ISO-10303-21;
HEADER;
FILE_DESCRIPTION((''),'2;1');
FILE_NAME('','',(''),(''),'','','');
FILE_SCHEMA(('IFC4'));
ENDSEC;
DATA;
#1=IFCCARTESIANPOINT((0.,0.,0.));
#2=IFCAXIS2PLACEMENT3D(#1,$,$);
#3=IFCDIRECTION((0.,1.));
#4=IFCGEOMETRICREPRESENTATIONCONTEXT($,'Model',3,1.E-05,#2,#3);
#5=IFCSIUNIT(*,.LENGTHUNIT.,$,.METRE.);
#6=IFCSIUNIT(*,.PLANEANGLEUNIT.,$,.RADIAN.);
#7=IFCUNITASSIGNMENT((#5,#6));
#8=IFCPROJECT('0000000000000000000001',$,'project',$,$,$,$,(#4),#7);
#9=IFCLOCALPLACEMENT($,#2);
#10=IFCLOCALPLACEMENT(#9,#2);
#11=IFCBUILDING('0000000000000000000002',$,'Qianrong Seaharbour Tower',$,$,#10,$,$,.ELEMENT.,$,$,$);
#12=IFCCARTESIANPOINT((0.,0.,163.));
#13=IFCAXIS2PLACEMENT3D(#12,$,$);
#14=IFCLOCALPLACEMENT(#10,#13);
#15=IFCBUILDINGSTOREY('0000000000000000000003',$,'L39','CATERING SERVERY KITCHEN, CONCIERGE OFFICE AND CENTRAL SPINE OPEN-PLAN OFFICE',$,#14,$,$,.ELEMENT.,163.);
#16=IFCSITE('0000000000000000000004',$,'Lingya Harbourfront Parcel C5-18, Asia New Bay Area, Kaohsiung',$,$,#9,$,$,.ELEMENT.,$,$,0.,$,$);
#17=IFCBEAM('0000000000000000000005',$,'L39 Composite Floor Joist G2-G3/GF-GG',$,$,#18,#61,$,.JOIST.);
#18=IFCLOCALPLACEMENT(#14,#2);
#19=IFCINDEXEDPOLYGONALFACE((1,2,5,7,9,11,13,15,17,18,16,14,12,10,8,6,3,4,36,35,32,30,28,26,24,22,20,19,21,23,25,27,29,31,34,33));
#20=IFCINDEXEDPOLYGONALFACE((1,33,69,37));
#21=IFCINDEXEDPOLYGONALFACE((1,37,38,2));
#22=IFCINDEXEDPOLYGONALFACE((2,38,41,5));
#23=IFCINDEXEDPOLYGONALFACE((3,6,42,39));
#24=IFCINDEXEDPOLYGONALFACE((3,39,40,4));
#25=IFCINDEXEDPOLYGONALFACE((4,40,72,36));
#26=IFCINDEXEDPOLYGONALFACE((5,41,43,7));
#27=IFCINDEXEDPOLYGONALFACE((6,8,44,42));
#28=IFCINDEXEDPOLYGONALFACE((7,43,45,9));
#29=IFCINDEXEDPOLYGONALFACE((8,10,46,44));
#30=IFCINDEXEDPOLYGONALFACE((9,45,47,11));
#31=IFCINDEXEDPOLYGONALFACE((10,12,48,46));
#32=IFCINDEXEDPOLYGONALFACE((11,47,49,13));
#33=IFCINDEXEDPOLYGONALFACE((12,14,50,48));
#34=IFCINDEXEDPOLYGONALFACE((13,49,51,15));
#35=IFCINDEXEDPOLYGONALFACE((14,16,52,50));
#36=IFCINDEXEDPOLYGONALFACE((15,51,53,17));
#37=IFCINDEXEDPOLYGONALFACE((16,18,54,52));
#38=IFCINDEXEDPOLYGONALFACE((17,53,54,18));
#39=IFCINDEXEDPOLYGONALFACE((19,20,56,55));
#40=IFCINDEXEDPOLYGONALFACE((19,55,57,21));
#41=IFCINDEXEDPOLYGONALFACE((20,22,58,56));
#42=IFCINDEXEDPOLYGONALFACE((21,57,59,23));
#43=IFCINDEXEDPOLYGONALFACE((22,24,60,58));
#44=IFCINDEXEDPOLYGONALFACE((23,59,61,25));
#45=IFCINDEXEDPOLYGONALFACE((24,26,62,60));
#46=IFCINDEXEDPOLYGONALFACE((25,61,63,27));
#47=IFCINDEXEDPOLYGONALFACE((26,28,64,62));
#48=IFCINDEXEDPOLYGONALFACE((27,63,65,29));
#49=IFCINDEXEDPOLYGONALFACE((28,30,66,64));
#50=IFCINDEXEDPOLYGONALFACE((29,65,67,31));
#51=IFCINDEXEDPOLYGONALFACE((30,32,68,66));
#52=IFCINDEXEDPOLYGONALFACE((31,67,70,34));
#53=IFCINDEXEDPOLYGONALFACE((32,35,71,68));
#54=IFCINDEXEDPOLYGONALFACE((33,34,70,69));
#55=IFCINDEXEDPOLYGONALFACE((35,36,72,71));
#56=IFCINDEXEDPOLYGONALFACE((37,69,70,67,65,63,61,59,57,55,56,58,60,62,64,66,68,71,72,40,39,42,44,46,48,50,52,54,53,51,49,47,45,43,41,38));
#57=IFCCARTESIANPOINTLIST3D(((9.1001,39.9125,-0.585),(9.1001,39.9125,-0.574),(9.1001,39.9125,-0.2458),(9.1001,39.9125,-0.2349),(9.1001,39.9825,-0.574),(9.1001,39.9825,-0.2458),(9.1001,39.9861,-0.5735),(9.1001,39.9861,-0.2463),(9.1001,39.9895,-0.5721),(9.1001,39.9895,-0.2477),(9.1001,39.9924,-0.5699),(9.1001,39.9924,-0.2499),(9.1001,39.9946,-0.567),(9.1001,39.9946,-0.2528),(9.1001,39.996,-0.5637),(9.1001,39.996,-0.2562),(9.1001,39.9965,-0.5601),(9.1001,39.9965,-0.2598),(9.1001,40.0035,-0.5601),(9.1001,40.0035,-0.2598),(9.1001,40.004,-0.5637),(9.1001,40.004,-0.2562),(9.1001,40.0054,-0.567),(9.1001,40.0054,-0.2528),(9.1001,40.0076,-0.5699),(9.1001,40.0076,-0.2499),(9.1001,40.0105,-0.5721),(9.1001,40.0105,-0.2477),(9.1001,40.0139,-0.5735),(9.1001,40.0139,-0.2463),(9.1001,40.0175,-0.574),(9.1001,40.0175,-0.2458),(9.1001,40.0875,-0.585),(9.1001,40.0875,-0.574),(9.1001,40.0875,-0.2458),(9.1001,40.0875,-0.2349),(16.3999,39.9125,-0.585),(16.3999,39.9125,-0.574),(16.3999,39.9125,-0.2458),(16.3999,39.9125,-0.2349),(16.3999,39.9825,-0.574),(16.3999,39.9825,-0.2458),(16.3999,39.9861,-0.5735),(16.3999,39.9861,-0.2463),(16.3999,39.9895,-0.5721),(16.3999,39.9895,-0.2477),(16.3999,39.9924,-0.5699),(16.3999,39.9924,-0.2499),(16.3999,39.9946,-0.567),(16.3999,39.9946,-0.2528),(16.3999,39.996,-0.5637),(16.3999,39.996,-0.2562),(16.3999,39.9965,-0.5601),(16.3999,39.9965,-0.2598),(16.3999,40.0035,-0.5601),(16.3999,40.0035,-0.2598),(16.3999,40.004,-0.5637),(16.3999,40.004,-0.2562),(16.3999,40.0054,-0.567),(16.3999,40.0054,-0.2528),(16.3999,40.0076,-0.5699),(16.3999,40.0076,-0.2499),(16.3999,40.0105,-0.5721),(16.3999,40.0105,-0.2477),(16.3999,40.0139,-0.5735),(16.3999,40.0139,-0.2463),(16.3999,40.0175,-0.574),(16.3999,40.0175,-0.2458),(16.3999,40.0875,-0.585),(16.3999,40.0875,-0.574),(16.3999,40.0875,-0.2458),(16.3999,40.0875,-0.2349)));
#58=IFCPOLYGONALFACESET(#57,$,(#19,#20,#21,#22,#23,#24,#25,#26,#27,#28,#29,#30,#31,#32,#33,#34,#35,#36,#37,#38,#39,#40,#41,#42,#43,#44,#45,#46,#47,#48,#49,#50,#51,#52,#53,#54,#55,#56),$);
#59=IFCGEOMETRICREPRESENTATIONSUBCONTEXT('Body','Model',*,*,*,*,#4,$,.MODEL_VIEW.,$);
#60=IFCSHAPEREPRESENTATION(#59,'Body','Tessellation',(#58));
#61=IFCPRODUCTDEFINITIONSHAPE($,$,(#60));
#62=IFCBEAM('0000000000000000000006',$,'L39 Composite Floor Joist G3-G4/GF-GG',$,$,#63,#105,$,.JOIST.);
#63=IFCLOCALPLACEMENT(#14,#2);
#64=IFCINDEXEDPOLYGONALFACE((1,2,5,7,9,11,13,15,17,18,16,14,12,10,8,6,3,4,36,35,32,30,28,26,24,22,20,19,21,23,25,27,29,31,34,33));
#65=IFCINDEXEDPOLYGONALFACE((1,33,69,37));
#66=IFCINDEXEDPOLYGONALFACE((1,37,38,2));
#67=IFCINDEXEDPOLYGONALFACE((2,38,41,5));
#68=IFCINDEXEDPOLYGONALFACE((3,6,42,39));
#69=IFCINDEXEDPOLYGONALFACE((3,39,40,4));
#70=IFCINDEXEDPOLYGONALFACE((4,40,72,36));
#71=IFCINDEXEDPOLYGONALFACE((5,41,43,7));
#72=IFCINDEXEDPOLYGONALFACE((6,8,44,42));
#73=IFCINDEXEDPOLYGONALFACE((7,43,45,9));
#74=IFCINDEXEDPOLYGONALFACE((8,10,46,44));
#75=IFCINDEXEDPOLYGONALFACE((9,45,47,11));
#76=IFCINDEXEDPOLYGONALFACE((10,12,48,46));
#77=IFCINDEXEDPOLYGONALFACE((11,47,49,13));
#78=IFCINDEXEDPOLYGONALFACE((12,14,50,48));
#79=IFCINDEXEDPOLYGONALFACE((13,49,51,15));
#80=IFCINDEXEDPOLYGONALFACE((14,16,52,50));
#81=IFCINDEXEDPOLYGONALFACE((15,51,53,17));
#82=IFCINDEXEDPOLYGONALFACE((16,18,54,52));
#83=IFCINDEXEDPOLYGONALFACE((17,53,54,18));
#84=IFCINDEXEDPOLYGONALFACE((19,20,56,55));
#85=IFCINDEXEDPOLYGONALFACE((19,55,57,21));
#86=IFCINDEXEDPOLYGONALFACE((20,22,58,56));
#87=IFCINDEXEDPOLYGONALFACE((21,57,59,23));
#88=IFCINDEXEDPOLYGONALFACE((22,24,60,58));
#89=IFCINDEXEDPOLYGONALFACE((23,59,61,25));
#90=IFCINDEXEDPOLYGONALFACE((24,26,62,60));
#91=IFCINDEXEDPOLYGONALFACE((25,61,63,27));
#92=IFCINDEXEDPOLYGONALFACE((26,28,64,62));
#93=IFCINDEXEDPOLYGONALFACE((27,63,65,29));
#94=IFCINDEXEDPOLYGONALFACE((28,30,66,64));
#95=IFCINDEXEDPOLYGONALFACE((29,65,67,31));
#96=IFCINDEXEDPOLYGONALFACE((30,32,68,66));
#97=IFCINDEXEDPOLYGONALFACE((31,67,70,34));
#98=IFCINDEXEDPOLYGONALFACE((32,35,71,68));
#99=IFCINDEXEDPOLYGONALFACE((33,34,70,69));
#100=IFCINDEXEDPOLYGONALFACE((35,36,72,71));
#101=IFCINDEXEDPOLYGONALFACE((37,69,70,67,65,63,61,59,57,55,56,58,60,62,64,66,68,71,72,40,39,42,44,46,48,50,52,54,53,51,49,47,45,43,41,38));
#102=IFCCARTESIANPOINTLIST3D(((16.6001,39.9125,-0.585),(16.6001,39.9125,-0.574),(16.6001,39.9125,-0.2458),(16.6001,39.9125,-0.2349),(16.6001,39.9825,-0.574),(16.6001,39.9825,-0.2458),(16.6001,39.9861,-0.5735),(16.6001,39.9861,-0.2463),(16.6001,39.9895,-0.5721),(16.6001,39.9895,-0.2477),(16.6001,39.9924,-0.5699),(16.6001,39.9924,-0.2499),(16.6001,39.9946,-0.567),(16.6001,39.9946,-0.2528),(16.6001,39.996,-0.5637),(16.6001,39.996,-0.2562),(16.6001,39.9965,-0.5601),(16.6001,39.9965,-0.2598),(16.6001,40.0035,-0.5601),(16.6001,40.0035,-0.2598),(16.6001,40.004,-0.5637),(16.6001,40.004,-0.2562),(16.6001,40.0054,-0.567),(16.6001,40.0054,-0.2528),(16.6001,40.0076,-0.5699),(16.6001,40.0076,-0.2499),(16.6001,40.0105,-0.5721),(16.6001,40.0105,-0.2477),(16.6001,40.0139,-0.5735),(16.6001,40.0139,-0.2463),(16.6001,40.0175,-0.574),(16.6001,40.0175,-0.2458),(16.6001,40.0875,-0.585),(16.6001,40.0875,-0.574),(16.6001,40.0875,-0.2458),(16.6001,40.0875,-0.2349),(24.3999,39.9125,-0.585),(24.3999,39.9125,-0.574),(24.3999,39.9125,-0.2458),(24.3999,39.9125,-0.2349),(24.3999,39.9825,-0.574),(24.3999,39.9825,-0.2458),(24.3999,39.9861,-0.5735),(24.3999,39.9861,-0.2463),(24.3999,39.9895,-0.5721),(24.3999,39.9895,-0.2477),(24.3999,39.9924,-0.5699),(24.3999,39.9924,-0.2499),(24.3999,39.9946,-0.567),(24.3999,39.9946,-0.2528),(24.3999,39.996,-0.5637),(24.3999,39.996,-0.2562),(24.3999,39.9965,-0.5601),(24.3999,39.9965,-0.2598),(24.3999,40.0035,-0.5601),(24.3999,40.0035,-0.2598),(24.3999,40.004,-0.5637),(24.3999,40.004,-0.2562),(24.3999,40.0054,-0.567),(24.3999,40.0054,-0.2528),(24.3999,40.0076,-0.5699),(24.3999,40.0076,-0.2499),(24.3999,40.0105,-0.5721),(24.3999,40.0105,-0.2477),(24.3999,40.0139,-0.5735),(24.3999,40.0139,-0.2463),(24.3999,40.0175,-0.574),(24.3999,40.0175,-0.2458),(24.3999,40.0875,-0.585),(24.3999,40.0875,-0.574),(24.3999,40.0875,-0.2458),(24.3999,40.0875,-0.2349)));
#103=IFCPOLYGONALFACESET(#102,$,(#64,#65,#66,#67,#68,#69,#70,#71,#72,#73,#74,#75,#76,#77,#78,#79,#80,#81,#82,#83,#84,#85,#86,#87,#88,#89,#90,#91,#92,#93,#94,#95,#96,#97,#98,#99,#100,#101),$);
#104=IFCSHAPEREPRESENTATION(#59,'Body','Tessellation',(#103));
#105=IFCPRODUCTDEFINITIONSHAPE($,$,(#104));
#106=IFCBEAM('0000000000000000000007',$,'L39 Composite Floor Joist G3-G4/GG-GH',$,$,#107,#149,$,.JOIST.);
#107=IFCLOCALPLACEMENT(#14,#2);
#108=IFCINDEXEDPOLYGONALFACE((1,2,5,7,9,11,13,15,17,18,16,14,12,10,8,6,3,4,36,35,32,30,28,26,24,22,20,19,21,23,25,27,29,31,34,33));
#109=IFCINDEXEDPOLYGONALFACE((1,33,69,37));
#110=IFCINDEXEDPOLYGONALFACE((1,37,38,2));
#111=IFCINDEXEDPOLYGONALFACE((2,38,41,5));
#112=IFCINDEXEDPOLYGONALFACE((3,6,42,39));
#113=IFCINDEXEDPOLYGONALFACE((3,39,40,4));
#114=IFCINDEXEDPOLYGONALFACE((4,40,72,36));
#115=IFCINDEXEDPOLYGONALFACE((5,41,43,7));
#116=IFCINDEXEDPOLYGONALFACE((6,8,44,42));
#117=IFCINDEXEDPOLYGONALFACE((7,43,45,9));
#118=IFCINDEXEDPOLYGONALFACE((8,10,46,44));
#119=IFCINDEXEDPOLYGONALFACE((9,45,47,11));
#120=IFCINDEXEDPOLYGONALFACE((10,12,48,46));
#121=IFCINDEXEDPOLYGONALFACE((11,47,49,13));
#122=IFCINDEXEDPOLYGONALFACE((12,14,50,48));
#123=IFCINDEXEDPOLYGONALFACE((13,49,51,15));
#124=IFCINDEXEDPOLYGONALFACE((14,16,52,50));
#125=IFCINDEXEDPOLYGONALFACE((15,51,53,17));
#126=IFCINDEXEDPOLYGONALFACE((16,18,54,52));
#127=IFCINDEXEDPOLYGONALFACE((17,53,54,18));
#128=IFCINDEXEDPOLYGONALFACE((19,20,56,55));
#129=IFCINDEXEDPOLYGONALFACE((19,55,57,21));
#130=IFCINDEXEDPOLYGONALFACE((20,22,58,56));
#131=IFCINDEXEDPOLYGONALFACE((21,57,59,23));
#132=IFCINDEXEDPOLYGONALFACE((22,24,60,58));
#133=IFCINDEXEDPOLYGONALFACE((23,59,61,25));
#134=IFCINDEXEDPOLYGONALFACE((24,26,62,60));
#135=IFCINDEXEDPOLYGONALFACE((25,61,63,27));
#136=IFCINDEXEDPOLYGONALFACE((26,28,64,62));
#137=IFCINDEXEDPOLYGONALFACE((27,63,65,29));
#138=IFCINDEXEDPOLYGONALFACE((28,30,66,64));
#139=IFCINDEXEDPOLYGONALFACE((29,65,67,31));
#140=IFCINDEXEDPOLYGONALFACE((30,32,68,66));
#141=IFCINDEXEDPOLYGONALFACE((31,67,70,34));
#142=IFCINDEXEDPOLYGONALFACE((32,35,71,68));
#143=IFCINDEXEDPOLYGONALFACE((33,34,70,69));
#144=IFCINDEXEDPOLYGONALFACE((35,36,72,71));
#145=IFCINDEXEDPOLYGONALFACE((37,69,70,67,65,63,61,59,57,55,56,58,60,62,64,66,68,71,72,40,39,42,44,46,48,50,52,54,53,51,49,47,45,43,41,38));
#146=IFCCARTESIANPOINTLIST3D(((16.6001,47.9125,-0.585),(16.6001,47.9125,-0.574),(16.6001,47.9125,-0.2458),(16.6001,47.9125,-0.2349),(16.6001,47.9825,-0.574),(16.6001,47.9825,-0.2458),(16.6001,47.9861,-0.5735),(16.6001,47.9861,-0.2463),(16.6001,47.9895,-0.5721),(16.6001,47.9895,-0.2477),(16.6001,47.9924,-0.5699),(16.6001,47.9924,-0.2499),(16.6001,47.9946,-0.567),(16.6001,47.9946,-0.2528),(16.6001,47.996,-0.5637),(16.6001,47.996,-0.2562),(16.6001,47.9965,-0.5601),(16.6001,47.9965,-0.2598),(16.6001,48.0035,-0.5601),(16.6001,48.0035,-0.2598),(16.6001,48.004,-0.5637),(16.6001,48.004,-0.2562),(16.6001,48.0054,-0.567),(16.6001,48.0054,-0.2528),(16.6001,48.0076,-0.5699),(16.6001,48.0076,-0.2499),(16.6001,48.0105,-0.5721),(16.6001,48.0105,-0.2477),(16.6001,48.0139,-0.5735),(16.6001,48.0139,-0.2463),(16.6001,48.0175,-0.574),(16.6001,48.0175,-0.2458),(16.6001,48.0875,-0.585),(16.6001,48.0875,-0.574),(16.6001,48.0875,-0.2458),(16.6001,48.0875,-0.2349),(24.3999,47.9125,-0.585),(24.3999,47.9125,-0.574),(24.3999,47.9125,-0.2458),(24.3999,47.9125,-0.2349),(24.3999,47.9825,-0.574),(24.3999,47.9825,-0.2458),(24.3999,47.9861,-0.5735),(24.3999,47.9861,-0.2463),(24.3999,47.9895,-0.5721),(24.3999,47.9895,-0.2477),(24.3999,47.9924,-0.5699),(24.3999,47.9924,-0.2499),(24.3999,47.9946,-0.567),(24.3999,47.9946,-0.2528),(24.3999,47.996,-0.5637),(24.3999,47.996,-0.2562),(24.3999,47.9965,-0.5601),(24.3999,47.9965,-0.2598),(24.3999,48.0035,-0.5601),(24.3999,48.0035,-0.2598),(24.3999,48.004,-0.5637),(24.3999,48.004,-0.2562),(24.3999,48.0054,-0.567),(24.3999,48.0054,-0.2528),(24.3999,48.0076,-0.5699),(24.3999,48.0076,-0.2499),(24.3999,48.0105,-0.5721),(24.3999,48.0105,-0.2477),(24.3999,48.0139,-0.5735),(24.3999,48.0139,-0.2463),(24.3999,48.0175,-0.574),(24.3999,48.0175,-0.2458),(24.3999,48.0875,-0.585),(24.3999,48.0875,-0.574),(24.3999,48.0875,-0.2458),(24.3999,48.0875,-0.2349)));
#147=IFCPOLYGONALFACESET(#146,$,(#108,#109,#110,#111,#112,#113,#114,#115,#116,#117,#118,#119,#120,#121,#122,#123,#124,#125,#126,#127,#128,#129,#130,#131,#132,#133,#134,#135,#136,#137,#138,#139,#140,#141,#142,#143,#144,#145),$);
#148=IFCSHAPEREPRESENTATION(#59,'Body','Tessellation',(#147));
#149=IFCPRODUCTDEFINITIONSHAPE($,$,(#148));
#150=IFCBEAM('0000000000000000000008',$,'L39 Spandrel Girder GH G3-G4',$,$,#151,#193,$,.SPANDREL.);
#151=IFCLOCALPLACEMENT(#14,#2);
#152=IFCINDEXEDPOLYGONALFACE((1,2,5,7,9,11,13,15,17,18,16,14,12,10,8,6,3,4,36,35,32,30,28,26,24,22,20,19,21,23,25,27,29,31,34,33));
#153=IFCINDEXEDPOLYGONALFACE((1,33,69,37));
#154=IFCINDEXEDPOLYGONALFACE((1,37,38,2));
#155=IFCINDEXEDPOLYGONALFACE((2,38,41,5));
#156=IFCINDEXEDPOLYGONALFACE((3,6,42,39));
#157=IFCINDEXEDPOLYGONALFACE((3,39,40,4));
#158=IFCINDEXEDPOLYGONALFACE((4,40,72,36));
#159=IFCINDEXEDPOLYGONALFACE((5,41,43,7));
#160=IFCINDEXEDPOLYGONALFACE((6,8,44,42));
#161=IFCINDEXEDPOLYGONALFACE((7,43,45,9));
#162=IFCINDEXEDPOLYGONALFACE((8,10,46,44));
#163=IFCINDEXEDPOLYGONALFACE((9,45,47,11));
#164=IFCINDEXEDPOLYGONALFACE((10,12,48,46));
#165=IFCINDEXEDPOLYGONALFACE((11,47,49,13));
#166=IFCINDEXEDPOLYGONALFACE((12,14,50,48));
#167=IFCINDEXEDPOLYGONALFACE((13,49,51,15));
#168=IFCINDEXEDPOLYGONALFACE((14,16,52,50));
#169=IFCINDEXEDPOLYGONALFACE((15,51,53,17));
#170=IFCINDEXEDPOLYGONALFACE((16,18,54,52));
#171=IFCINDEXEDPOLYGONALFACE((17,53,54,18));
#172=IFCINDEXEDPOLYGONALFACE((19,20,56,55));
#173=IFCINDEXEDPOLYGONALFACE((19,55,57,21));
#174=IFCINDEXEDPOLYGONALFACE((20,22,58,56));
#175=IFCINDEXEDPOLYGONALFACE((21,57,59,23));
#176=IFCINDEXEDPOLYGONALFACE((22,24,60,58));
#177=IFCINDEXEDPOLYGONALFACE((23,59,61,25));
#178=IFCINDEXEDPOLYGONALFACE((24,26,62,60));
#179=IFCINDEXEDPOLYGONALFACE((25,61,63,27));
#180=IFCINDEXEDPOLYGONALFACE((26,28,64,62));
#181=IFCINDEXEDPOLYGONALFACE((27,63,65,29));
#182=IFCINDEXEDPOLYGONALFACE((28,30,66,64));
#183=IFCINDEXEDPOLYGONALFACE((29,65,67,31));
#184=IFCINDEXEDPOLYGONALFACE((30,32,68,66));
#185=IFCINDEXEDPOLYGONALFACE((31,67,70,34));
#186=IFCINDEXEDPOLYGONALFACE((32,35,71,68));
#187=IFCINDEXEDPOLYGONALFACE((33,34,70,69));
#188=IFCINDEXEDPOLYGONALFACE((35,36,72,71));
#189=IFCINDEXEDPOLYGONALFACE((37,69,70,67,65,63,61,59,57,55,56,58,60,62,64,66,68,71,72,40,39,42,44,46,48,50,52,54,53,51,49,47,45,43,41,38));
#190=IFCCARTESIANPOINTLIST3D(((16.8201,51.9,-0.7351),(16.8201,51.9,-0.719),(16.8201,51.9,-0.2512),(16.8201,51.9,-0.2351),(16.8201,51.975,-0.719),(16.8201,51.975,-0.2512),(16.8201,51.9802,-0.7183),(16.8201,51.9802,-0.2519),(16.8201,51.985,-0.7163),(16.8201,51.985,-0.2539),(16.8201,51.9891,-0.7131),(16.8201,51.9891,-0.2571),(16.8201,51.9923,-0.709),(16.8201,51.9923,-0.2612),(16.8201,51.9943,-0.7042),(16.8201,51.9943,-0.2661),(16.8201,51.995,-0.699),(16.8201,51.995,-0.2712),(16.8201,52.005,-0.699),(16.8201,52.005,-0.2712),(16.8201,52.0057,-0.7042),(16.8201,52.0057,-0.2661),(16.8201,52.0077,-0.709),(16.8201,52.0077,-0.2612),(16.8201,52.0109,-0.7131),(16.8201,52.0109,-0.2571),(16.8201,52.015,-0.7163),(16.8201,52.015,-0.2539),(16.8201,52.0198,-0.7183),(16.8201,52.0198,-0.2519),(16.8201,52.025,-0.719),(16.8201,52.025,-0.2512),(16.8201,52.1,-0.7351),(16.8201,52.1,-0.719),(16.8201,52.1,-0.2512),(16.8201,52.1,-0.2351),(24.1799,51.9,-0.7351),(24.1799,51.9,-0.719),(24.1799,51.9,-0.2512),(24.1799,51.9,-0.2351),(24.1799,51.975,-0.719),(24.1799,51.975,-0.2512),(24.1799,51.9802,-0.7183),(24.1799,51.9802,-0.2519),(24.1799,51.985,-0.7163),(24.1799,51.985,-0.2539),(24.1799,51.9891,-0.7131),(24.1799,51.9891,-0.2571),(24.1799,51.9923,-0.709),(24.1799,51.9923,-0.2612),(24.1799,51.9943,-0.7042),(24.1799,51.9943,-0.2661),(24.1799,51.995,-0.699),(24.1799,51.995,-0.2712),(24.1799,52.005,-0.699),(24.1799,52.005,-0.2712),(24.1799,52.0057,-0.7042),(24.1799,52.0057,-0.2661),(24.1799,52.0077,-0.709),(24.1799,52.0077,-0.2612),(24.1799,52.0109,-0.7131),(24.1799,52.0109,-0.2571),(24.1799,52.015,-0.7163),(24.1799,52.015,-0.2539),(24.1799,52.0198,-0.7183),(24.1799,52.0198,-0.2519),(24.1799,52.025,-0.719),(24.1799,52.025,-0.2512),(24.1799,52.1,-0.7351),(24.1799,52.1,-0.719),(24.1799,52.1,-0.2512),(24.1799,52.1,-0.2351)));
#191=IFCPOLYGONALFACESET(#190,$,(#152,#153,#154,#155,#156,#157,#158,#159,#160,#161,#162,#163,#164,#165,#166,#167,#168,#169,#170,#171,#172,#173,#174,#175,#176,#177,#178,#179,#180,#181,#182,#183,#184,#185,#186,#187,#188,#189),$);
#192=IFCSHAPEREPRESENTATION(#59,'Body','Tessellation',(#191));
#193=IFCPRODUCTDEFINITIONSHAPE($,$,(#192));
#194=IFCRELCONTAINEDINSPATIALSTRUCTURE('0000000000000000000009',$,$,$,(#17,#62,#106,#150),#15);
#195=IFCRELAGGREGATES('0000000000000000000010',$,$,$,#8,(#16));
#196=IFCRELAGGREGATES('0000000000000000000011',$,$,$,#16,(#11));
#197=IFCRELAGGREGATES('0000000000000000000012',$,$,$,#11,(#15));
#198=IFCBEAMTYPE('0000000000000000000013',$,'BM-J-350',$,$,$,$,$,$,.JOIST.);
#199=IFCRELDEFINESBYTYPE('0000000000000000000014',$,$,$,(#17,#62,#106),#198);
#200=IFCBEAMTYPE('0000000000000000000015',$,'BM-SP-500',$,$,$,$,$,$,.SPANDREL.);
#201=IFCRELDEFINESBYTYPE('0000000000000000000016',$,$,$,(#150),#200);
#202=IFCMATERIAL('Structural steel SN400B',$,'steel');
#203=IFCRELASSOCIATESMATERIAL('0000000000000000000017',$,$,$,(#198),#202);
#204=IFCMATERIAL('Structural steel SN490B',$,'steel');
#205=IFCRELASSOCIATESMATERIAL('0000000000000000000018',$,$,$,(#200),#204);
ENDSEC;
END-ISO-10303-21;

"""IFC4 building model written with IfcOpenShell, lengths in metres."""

from ifc_helpers import new_model, si_unit, direction, frame, origin, origin_2d, place, context, subcontext, project, spatial, i_section, extrude, material, material_profile, profile_set, type_object, element, save


model = new_model("IFC4")

# Units and contexts
model_context = context("Model", 3, precision=1e-05, world=origin(), true_north=direction((0.0, 1.0)))
body_context = subcontext(model_context, "Body", "Model", "MODEL_VIEW")
ifc_project = project(units=[si_unit("LENGTHUNIT", "METRE"), si_unit("PLANEANGLEUNIT", "RADIAN")], contexts=[model_context])

# Site, building, storey
site_placement = place(None, origin())
site = spatial("IfcSite", under=ifc_project, at=site_placement, Name="Lingya Harbourfront Parcel C5-18, Asia New Bay Area, Kaohsiung", CompositionType="ELEMENT", RefElevation=0.0)
building_placement = place(site_placement, origin())
building = spatial("IfcBuilding", under=site, at=building_placement, Name="Qianrong Seaharbour Tower", CompositionType="ELEMENT")
storey_placement = place(building_placement, frame((0.0, 0.0, 163.0)))
storey = spatial("IfcBuildingStorey", under=building, at=storey_placement, Name="L39", Description="CATERING SERVERY KITCHEN, CONCIERGE OFFICE AND CENTRAL SPINE OPEN-PLAN OFFICE", CompositionType="ELEMENT", Elevation=163.0)

# Shared definitions
ifc_material_1 = material(Name="Structural steel SN490B", Category="steel")

# Beams
ifc_material_2 = material(Name="Structural steel SN400B", Category="steel")
ifc_material_profile_1 = material_profile(ifc_material_2, i_section(OverallWidth=0.175, OverallDepth=0.3501, WebThickness=0.0071, FlangeThickness=0.011, FilletRadius=0.0139, at=origin_2d()), Name="H350x175x7x11")
ifc_profile_set_1 = profile_set([ifc_material_profile_1], Name="Structural steel SN400B")
beam_type_1 = type_object("IfcBeamType", Name="BM-J-350", PredefinedType="JOIST", material=ifc_profile_set_1)
beam_1_placement = place(storey_placement, frame((9.1001, 40.0, -0.4099), z_axis=(1.0, 0.0, 0.0), x_axis=(0.0, 1.0, 0.0)))
element("IfcBeam", 1, at=beam_1_placement, inside=storey, type_object=beam_type_1, Name="L39 Composite Floor Joist G2-G3/GF-GG", PredefinedType="JOIST", context=body_context, shape_type="SweptSolid", body=[
    extrude(i_section(OverallWidth=0.175, OverallDepth=0.3501, WebThickness=0.0071, FlangeThickness=0.011, FilletRadius=0.0139, at=origin_2d()), origin(), (0.0, 0.0, 1.0), 7.2998),
])
for number, where, z_axis, x_axis, name in (
    (2, (16.6001, 40.0, -0.4099), (1.0, 0.0, 0.0), (0.0, 1.0, 0.0), "L39 Composite Floor Joist G3-G4/GF-GG"),
    (3, (16.6001, 48.0, -0.4099), (1.0, 0.0, 0.0), (0.0, 1.0, 0.0), "L39 Composite Floor Joist G3-G4/GG-GH"),
):
    element("IfcBeam", number, at=place(storey_placement, frame(where, z_axis=z_axis, x_axis=x_axis)), inside=storey, type_object=beam_type_1, Name=name, PredefinedType="JOIST", context=body_context, shape_type="SweptSolid", body=[
        extrude(i_section(OverallWidth=0.175, OverallDepth=0.3501, WebThickness=0.0071, FlangeThickness=0.011, FilletRadius=0.0139, at=origin_2d()), origin(), (0.0, 0.0, 1.0), 7.7998),
    ])
ifc_material_profile_2 = material_profile(ifc_material_1, i_section(OverallWidth=0.2, OverallDepth=0.5, WebThickness=0.01, FlangeThickness=0.0161, FilletRadius=0.02, at=origin_2d()), Name="H500x200x10x16")
ifc_profile_set_2 = profile_set([ifc_material_profile_2], Name="Structural steel SN490B")
beam_type_2 = type_object("IfcBeamType", Name="BM-SP-500", PredefinedType="SPANDREL", material=ifc_profile_set_2)
for number, where, z_axis, x_axis, name in (
    (4, (16.8201, 52.0, -0.4851), (1.0, 0.0, 0.0), (0.0, 1.0, 0.0), "L39 Spandrel Girder GH G3-G4"),
):
    element("IfcBeam", number, at=place(storey_placement, frame(where, z_axis=z_axis, x_axis=x_axis)), inside=storey, type_object=beam_type_2, Name=name, PredefinedType="SPANDREL", context=body_context, shape_type="SweptSolid", body=[
        extrude(i_section(OverallWidth=0.2, OverallDepth=0.5, WebThickness=0.01, FlangeThickness=0.0161, FilletRadius=0.02, at=origin_2d()), origin(), (0.0, 0.0, 1.0), 7.3599),
    ])

save(model, "model.ifc")
